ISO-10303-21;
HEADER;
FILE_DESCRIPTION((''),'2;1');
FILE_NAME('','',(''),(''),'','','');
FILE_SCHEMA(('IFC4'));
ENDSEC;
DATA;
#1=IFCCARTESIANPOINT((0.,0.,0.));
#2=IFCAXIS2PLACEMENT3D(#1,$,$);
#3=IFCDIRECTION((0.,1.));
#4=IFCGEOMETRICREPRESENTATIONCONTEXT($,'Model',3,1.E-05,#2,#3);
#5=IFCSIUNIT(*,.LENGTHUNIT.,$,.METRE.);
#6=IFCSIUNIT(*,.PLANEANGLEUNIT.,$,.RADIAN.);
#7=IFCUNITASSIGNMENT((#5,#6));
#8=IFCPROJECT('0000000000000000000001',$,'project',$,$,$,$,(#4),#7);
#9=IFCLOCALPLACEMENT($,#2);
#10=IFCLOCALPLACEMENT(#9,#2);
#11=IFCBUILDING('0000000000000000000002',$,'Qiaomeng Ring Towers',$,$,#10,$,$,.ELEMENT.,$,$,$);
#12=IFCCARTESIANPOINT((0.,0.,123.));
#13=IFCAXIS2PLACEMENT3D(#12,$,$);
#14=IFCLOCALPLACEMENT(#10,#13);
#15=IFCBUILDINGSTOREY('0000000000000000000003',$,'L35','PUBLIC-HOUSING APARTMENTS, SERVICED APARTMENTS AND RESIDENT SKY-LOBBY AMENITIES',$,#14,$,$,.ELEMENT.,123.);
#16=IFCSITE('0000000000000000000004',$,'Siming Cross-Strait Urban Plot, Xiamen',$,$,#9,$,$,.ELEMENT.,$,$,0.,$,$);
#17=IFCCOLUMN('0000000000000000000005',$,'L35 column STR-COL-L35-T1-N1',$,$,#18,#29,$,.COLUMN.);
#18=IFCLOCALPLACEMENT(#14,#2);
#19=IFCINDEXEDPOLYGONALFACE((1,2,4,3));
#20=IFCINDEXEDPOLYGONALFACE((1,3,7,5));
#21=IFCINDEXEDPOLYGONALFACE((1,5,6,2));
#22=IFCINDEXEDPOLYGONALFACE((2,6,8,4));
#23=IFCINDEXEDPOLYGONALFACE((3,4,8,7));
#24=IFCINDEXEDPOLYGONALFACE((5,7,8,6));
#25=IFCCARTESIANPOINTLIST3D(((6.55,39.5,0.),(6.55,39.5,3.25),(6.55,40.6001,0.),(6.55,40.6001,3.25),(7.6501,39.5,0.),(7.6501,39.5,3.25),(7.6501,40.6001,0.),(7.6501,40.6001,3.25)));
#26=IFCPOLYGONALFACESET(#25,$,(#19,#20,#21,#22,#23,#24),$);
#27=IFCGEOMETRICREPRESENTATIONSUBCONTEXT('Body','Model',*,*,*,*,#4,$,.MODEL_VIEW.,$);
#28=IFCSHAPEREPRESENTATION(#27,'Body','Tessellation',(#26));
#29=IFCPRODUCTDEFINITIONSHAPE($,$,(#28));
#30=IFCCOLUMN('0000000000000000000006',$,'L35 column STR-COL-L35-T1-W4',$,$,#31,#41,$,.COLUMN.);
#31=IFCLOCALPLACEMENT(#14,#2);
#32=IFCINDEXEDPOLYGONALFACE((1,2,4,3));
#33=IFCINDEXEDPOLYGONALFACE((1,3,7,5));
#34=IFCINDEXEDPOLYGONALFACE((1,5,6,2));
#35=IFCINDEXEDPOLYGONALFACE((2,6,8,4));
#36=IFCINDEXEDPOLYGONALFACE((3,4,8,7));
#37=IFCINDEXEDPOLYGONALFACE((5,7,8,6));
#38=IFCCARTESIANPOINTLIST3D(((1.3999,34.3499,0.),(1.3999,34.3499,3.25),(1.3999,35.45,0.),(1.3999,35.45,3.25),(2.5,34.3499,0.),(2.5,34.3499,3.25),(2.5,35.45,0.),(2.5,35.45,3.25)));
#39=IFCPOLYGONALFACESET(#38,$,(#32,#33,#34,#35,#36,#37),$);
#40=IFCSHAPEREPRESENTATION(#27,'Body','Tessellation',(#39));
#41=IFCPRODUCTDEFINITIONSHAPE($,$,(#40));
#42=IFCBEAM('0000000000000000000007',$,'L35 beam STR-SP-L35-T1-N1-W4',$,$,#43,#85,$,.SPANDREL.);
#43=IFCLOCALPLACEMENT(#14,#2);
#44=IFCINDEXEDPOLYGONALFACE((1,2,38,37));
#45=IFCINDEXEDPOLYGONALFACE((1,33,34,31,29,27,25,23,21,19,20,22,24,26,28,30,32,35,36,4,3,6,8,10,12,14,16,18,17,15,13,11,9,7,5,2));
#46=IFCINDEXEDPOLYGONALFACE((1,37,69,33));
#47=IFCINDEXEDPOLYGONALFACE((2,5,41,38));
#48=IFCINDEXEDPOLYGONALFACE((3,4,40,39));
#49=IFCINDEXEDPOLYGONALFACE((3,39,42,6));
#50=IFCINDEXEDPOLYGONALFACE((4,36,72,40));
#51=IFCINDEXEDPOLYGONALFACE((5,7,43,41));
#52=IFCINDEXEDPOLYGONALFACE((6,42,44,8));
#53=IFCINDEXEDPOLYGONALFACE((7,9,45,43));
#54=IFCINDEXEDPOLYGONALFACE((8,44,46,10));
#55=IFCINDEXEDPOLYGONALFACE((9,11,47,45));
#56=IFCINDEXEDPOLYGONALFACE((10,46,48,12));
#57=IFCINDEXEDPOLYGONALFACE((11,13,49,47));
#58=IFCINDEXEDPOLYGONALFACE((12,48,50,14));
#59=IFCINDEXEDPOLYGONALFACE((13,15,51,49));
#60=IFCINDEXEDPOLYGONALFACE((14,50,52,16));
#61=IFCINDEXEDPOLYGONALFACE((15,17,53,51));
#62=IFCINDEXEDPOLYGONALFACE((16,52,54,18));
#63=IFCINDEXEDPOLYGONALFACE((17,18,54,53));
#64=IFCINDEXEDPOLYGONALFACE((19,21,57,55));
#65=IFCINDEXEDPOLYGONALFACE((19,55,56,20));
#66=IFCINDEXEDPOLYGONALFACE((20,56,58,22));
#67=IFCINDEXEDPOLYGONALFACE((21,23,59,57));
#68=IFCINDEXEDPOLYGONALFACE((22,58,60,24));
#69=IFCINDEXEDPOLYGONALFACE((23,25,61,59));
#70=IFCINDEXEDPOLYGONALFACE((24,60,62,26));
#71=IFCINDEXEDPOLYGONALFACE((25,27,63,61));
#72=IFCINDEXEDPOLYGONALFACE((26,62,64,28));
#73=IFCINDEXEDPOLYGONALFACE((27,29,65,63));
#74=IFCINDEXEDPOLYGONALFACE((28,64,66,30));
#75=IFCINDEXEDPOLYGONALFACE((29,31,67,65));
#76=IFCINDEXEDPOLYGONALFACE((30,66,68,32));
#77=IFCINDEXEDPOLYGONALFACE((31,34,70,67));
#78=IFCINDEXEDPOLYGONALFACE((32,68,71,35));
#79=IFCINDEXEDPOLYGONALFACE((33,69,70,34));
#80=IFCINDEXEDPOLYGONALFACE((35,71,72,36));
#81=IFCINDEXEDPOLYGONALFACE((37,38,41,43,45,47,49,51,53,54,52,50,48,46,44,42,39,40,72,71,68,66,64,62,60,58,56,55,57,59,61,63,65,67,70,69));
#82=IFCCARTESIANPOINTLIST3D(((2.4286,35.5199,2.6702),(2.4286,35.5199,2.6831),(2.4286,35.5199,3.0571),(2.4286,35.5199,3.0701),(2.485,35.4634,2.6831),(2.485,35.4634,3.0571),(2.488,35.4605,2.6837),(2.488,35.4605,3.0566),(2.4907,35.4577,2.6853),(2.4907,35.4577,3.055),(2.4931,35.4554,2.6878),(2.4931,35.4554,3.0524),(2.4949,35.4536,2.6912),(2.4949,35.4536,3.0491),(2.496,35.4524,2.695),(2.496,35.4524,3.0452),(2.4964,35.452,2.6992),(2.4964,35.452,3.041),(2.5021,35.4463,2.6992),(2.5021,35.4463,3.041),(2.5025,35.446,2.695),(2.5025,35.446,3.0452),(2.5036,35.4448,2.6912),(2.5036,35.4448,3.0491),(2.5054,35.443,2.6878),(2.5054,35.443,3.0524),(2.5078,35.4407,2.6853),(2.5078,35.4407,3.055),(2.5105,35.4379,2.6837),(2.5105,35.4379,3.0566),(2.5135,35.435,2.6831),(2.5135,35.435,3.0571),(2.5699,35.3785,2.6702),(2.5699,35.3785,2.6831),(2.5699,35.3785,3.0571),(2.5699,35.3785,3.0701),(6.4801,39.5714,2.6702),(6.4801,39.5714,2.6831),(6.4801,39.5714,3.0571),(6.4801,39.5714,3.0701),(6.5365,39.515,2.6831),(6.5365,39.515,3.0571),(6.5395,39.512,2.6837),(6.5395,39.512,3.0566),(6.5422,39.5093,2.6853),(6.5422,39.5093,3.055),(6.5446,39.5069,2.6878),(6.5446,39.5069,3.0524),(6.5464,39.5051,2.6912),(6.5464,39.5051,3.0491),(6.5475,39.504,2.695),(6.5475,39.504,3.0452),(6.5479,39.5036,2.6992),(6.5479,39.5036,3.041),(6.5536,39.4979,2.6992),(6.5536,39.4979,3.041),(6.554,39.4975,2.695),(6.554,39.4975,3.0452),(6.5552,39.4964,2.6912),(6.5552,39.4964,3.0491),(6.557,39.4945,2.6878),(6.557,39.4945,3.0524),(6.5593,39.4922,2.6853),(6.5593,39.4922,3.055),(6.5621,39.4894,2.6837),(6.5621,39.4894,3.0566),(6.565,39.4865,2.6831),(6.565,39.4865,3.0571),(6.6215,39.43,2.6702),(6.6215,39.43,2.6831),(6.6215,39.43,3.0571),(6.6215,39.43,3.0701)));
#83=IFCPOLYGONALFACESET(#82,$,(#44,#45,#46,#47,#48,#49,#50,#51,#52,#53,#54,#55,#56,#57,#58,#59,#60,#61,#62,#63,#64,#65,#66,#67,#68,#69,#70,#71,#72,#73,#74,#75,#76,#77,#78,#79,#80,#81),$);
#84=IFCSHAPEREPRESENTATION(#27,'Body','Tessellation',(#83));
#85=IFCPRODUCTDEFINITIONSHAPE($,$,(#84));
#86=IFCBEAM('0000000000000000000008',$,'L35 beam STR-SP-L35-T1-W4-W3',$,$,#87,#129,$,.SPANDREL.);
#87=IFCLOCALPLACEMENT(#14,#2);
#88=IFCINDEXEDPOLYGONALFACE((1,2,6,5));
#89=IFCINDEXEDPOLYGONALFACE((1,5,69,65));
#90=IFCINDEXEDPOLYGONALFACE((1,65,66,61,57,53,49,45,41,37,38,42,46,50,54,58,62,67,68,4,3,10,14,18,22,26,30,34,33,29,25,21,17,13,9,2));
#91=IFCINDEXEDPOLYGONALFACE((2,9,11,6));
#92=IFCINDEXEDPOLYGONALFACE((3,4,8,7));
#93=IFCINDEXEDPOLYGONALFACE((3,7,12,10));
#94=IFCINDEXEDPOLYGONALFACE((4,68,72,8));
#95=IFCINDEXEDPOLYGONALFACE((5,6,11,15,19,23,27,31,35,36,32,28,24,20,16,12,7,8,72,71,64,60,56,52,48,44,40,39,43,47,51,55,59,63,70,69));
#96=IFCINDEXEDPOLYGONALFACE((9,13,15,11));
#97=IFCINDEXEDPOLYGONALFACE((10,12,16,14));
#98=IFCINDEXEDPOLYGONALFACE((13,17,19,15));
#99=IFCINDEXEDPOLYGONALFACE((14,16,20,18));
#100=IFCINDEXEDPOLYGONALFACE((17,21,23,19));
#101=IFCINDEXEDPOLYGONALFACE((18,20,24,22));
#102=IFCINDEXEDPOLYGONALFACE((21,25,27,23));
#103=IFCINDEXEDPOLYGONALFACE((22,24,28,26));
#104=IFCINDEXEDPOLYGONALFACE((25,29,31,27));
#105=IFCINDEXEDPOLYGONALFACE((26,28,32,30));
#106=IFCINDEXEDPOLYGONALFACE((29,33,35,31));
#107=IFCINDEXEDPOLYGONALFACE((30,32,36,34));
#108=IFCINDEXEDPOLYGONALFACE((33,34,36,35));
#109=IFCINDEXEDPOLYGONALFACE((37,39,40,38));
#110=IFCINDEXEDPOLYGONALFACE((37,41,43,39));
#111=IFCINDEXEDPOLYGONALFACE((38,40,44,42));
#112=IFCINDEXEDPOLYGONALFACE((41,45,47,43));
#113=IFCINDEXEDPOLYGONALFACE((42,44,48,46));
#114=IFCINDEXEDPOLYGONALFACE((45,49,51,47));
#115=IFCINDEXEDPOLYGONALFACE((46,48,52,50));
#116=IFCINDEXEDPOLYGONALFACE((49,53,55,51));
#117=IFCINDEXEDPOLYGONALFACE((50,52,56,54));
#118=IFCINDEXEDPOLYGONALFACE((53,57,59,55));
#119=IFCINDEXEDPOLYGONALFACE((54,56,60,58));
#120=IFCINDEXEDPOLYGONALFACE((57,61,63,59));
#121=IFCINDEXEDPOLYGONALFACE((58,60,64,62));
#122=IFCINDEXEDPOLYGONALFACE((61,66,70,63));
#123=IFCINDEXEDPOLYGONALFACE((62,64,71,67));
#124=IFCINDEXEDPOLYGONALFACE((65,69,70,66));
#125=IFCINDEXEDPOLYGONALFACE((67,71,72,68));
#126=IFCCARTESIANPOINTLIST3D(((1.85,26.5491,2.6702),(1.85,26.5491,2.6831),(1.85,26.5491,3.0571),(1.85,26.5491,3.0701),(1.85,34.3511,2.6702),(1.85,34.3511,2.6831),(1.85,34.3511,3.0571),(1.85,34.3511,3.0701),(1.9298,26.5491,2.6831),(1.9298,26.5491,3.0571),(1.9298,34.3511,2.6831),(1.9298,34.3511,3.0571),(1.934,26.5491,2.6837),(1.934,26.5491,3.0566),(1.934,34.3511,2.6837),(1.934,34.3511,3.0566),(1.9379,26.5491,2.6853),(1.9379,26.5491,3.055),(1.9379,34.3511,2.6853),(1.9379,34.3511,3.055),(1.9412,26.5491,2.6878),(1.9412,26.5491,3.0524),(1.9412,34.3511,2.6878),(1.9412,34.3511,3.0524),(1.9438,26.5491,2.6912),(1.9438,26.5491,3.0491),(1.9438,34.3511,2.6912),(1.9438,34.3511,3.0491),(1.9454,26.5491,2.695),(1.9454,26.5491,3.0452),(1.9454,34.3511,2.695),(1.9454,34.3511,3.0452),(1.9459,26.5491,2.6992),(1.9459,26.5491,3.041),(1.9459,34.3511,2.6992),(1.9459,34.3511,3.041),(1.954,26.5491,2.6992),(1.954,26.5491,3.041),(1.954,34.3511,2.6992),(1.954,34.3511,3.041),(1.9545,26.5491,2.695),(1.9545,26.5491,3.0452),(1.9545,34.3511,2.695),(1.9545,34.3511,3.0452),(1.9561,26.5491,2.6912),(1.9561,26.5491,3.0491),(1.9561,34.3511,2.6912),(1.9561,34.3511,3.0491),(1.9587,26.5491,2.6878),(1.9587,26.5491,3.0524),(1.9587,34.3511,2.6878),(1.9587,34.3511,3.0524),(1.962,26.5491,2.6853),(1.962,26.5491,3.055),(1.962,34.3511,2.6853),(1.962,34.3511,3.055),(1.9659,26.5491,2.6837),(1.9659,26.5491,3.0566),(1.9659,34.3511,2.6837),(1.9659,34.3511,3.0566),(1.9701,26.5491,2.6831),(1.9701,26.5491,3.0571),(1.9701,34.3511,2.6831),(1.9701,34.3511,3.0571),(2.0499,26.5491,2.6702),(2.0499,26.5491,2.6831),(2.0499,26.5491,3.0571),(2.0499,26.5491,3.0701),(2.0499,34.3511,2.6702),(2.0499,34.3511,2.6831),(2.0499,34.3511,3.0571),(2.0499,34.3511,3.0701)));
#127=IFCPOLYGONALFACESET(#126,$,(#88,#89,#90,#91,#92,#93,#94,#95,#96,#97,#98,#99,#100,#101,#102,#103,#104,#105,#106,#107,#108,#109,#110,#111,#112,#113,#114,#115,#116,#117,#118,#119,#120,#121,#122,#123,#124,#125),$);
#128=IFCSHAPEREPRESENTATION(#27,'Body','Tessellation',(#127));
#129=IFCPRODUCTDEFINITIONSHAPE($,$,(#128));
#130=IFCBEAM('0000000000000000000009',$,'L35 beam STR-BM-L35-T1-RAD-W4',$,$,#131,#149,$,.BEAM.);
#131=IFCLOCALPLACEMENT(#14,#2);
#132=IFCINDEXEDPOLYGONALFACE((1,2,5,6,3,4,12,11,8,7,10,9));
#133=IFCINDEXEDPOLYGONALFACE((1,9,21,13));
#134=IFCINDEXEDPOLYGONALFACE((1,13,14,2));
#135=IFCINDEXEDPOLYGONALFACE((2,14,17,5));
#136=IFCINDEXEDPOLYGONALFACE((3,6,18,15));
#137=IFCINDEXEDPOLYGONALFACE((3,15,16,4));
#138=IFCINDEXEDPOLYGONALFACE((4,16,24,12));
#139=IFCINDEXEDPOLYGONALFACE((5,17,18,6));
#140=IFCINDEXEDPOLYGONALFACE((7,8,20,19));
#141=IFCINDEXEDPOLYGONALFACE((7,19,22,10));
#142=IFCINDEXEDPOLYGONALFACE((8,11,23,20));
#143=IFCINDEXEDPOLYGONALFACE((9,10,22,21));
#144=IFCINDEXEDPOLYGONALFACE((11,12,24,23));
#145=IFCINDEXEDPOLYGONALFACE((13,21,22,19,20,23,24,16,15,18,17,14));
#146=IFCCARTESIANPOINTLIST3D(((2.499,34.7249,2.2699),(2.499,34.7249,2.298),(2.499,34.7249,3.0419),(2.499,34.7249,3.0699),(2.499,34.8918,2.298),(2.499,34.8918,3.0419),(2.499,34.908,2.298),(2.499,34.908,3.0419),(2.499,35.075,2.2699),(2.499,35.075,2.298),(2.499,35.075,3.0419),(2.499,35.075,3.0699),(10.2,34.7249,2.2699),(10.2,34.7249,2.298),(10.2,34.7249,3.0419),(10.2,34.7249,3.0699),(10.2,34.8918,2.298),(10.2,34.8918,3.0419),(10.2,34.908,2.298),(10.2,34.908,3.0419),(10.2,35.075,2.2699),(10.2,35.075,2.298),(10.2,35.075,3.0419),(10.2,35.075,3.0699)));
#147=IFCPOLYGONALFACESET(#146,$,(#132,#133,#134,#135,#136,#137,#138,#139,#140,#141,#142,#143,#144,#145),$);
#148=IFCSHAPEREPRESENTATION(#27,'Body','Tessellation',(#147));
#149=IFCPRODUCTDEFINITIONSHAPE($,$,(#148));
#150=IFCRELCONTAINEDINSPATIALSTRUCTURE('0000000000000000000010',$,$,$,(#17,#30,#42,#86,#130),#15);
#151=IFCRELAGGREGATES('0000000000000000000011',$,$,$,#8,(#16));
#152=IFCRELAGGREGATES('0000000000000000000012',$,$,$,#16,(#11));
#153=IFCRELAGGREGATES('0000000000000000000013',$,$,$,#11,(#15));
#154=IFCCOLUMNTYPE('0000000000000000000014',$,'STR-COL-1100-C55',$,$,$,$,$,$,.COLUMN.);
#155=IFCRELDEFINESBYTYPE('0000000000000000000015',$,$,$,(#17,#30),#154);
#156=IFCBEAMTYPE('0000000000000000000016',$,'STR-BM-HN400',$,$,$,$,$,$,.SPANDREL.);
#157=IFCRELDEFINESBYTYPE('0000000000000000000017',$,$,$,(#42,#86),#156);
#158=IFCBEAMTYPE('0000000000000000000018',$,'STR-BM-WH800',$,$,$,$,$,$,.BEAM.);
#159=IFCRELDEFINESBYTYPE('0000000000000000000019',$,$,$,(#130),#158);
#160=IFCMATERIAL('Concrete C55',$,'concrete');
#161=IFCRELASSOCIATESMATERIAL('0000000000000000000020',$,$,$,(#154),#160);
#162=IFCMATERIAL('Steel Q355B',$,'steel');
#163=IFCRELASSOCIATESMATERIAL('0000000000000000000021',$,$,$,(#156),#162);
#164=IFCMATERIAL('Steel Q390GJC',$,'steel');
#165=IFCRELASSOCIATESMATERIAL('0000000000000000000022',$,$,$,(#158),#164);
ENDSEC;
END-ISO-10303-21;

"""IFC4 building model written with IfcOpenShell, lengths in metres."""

from ifc_helpers import new_model, si_unit, direction, frame, origin, origin_2d, place, context, subcontext, project, spatial, rectangle, i_section, extrude, source, transform, mapped, material, material_profile, profile_set, type_object, element, save


model = new_model("IFC4")

# Units and contexts
model_context = context("Model", 3, precision=1e-05, world=origin(), true_north=direction((0.0, 1.0)))
body_context = subcontext(model_context, "Body", "Model", "MODEL_VIEW")
ifc_project = project(units=[si_unit("LENGTHUNIT", "METRE"), si_unit("PLANEANGLEUNIT", "RADIAN")], contexts=[model_context])

# Site, building, storey
site_placement = place(None, origin())
site = spatial("IfcSite", under=ifc_project, at=site_placement, Name="Siming Cross-Strait Urban Plot, Xiamen", CompositionType="ELEMENT", RefElevation=0.0)
building_placement = place(site_placement, origin())
building = spatial("IfcBuilding", under=site, at=building_placement, Name="Qiaomeng Ring Towers", CompositionType="ELEMENT")
storey_placement = place(building_placement, frame((0.0, 0.0, 123.0)))
storey = spatial("IfcBuildingStorey", under=building, at=storey_placement, Name="L35", Description="PUBLIC-HOUSING APARTMENTS, SERVICED APARTMENTS AND RESIDENT SKY-LOBBY AMENITIES", CompositionType="ELEMENT", Elevation=123.0)

# Columns
ifc_material_1 = material(Name="Concrete C55", Category="concrete")
ifc_material_profile_1 = material_profile(ifc_material_1, rectangle(XDim=1.1001, YDim=1.1001, at=origin_2d()), Name="RC COL 1100x1100")
ifc_profile_set_1 = profile_set([ifc_material_profile_1], Name="Concrete C55")
column_type = type_object("IfcColumnType", Name="STR-COL-1100-C55", PredefinedType="COLUMN", material=ifc_profile_set_1)
shared_shape_1 = source(origin(), body_context, "Body", "SweptSolid", [
    extrude(rectangle(XDim=1.1001, YDim=1.1001, at=origin_2d()), origin(), (0.0, 0.0, 1.0), 3.25),
])
for number, where, z_axis, x_axis, name in (
    (1, (7.1001, 40.05, 0.0), (0.0, 0.0, 1.0), (1.0, 0.0, 0.0), "L35 column STR-COL-L35-T1-N1"),
    (2, (1.95, 34.8999, 0.0), (0.0, 0.0, 1.0), (1.0, 0.0, 0.0), "L35 column STR-COL-L35-T1-W4"),
):
    element("IfcColumn", number, at=place(storey_placement, frame(where, z_axis=z_axis, x_axis=x_axis)), inside=storey, type_object=column_type, Name=name, PredefinedType="COLUMN", context=body_context, shape_type="MappedRepresentation", body=[
        mapped(shared_shape_1, transform((0.0, 0.0, 0.0), x_axis=(1.0, 0.0, 0.0), y_axis=(0.0, 1.0, 0.0), z_axis=(0.0, 0.0, 1.0), scale=1.0)),
    ])

# Beams
ifc_material_2 = material(Name="Steel Q355B", Category="steel")
ifc_material_profile_2 = material_profile(ifc_material_2, i_section(OverallWidth=0.2, OverallDepth=0.3999, WebThickness=0.0081, FlangeThickness=0.0129, FilletRadius=0.0161, at=origin_2d()), Name="HN 400x200x8x13")
ifc_profile_set_2 = profile_set([ifc_material_profile_2], Name="Steel Q355B")
beam_type_1 = type_object("IfcBeamType", Name="STR-BM-HN400", PredefinedType="SPANDREL", material=ifc_profile_set_2)
shared_shape_2 = source(origin(), body_context, "Body", "SweptSolid", [
    extrude(i_section(OverallWidth=0.2, OverallDepth=0.3999, WebThickness=0.0081, FlangeThickness=0.0129, FilletRadius=0.0161, at=origin_2d()), origin(), (0.0, 0.0, 1.0), 5.7297),
])
beam_1_placement = place(storey_placement, frame((6.5508, 39.5007, 2.8701), z_axis=(-0.707107, -0.707107, 0.0), x_axis=(0.707107, -0.707107, 0.0)))
element("IfcBeam", 3, at=beam_1_placement, inside=storey, type_object=beam_type_1, Name="L35 beam STR-SP-L35-T1-N1-W4", PredefinedType="SPANDREL", context=body_context, shape_type="MappedRepresentation", body=[
    mapped(shared_shape_2, transform((0.0, 0.0, 0.0), x_axis=(1.0, 0.0, 0.0), y_axis=(0.0, 1.0, 0.0), z_axis=(0.0, 0.0, 1.0), scale=1.0)),
])
shared_shape_3 = source(origin(), body_context, "Body", "SweptSolid", [
    extrude(i_section(OverallWidth=0.2, OverallDepth=0.3999, WebThickness=0.0081, FlangeThickness=0.0129, FilletRadius=0.0161, at=origin_2d()), origin(), (0.0, 0.0, 1.0), 7.802),
])
beam_2_placement = place(storey_placement, frame((1.95, 34.3511, 2.8701), z_axis=(0.0, -1.0, 0.0), x_axis=(1.0, 0.0, 0.0)))
element("IfcBeam", 4, at=beam_2_placement, inside=storey, type_object=beam_type_1, Name="L35 beam STR-SP-L35-T1-W4-W3", PredefinedType="SPANDREL", context=body_context, shape_type="MappedRepresentation", body=[
    mapped(shared_shape_3, transform((0.0, 0.0, 0.0), x_axis=(1.0, 0.0, 0.0), y_axis=(0.0, 1.0, 0.0), z_axis=(0.0, 0.0, 1.0), scale=1.0)),
])
ifc_material_3 = material(Name="Steel Q390GJC", Category="steel")
ifc_material_profile_3 = material_profile(ifc_material_3, i_section(OverallWidth=0.3501, OverallDepth=0.8, WebThickness=0.0161, FlangeThickness=0.0281, at=origin_2d()), Name="WH 800x350x16x28")
ifc_profile_set_3 = profile_set([ifc_material_profile_3], Name="Steel Q390GJC")
beam_type_2 = type_object("IfcBeamType", Name="STR-BM-WH800", PredefinedType="BEAM", material=ifc_profile_set_3)
shared_shape_4 = source(origin(), body_context, "Body", "SweptSolid", [
    extrude(i_section(OverallWidth=0.3501, OverallDepth=0.8, WebThickness=0.0161, FlangeThickness=0.0281, at=origin_2d()), origin(), (0.0, 0.0, 1.0), 7.7009),
])
beam_3_placement = place(storey_placement, frame((2.499, 34.8999, 2.6699), z_axis=(1.0, 0.0, 0.0), x_axis=(0.0, 1.0, 0.0)))
element("IfcBeam", 5, at=beam_3_placement, inside=storey, type_object=beam_type_2, Name="L35 beam STR-BM-L35-T1-RAD-W4", PredefinedType="BEAM", context=body_context, shape_type="MappedRepresentation", body=[
    mapped(shared_shape_4, transform((0.0, 0.0, 0.0), x_axis=(1.0, 0.0, 0.0), y_axis=(0.0, 1.0, 0.0), z_axis=(0.0, 0.0, 1.0), scale=1.0)),
])

save(model, "model.ifc")
